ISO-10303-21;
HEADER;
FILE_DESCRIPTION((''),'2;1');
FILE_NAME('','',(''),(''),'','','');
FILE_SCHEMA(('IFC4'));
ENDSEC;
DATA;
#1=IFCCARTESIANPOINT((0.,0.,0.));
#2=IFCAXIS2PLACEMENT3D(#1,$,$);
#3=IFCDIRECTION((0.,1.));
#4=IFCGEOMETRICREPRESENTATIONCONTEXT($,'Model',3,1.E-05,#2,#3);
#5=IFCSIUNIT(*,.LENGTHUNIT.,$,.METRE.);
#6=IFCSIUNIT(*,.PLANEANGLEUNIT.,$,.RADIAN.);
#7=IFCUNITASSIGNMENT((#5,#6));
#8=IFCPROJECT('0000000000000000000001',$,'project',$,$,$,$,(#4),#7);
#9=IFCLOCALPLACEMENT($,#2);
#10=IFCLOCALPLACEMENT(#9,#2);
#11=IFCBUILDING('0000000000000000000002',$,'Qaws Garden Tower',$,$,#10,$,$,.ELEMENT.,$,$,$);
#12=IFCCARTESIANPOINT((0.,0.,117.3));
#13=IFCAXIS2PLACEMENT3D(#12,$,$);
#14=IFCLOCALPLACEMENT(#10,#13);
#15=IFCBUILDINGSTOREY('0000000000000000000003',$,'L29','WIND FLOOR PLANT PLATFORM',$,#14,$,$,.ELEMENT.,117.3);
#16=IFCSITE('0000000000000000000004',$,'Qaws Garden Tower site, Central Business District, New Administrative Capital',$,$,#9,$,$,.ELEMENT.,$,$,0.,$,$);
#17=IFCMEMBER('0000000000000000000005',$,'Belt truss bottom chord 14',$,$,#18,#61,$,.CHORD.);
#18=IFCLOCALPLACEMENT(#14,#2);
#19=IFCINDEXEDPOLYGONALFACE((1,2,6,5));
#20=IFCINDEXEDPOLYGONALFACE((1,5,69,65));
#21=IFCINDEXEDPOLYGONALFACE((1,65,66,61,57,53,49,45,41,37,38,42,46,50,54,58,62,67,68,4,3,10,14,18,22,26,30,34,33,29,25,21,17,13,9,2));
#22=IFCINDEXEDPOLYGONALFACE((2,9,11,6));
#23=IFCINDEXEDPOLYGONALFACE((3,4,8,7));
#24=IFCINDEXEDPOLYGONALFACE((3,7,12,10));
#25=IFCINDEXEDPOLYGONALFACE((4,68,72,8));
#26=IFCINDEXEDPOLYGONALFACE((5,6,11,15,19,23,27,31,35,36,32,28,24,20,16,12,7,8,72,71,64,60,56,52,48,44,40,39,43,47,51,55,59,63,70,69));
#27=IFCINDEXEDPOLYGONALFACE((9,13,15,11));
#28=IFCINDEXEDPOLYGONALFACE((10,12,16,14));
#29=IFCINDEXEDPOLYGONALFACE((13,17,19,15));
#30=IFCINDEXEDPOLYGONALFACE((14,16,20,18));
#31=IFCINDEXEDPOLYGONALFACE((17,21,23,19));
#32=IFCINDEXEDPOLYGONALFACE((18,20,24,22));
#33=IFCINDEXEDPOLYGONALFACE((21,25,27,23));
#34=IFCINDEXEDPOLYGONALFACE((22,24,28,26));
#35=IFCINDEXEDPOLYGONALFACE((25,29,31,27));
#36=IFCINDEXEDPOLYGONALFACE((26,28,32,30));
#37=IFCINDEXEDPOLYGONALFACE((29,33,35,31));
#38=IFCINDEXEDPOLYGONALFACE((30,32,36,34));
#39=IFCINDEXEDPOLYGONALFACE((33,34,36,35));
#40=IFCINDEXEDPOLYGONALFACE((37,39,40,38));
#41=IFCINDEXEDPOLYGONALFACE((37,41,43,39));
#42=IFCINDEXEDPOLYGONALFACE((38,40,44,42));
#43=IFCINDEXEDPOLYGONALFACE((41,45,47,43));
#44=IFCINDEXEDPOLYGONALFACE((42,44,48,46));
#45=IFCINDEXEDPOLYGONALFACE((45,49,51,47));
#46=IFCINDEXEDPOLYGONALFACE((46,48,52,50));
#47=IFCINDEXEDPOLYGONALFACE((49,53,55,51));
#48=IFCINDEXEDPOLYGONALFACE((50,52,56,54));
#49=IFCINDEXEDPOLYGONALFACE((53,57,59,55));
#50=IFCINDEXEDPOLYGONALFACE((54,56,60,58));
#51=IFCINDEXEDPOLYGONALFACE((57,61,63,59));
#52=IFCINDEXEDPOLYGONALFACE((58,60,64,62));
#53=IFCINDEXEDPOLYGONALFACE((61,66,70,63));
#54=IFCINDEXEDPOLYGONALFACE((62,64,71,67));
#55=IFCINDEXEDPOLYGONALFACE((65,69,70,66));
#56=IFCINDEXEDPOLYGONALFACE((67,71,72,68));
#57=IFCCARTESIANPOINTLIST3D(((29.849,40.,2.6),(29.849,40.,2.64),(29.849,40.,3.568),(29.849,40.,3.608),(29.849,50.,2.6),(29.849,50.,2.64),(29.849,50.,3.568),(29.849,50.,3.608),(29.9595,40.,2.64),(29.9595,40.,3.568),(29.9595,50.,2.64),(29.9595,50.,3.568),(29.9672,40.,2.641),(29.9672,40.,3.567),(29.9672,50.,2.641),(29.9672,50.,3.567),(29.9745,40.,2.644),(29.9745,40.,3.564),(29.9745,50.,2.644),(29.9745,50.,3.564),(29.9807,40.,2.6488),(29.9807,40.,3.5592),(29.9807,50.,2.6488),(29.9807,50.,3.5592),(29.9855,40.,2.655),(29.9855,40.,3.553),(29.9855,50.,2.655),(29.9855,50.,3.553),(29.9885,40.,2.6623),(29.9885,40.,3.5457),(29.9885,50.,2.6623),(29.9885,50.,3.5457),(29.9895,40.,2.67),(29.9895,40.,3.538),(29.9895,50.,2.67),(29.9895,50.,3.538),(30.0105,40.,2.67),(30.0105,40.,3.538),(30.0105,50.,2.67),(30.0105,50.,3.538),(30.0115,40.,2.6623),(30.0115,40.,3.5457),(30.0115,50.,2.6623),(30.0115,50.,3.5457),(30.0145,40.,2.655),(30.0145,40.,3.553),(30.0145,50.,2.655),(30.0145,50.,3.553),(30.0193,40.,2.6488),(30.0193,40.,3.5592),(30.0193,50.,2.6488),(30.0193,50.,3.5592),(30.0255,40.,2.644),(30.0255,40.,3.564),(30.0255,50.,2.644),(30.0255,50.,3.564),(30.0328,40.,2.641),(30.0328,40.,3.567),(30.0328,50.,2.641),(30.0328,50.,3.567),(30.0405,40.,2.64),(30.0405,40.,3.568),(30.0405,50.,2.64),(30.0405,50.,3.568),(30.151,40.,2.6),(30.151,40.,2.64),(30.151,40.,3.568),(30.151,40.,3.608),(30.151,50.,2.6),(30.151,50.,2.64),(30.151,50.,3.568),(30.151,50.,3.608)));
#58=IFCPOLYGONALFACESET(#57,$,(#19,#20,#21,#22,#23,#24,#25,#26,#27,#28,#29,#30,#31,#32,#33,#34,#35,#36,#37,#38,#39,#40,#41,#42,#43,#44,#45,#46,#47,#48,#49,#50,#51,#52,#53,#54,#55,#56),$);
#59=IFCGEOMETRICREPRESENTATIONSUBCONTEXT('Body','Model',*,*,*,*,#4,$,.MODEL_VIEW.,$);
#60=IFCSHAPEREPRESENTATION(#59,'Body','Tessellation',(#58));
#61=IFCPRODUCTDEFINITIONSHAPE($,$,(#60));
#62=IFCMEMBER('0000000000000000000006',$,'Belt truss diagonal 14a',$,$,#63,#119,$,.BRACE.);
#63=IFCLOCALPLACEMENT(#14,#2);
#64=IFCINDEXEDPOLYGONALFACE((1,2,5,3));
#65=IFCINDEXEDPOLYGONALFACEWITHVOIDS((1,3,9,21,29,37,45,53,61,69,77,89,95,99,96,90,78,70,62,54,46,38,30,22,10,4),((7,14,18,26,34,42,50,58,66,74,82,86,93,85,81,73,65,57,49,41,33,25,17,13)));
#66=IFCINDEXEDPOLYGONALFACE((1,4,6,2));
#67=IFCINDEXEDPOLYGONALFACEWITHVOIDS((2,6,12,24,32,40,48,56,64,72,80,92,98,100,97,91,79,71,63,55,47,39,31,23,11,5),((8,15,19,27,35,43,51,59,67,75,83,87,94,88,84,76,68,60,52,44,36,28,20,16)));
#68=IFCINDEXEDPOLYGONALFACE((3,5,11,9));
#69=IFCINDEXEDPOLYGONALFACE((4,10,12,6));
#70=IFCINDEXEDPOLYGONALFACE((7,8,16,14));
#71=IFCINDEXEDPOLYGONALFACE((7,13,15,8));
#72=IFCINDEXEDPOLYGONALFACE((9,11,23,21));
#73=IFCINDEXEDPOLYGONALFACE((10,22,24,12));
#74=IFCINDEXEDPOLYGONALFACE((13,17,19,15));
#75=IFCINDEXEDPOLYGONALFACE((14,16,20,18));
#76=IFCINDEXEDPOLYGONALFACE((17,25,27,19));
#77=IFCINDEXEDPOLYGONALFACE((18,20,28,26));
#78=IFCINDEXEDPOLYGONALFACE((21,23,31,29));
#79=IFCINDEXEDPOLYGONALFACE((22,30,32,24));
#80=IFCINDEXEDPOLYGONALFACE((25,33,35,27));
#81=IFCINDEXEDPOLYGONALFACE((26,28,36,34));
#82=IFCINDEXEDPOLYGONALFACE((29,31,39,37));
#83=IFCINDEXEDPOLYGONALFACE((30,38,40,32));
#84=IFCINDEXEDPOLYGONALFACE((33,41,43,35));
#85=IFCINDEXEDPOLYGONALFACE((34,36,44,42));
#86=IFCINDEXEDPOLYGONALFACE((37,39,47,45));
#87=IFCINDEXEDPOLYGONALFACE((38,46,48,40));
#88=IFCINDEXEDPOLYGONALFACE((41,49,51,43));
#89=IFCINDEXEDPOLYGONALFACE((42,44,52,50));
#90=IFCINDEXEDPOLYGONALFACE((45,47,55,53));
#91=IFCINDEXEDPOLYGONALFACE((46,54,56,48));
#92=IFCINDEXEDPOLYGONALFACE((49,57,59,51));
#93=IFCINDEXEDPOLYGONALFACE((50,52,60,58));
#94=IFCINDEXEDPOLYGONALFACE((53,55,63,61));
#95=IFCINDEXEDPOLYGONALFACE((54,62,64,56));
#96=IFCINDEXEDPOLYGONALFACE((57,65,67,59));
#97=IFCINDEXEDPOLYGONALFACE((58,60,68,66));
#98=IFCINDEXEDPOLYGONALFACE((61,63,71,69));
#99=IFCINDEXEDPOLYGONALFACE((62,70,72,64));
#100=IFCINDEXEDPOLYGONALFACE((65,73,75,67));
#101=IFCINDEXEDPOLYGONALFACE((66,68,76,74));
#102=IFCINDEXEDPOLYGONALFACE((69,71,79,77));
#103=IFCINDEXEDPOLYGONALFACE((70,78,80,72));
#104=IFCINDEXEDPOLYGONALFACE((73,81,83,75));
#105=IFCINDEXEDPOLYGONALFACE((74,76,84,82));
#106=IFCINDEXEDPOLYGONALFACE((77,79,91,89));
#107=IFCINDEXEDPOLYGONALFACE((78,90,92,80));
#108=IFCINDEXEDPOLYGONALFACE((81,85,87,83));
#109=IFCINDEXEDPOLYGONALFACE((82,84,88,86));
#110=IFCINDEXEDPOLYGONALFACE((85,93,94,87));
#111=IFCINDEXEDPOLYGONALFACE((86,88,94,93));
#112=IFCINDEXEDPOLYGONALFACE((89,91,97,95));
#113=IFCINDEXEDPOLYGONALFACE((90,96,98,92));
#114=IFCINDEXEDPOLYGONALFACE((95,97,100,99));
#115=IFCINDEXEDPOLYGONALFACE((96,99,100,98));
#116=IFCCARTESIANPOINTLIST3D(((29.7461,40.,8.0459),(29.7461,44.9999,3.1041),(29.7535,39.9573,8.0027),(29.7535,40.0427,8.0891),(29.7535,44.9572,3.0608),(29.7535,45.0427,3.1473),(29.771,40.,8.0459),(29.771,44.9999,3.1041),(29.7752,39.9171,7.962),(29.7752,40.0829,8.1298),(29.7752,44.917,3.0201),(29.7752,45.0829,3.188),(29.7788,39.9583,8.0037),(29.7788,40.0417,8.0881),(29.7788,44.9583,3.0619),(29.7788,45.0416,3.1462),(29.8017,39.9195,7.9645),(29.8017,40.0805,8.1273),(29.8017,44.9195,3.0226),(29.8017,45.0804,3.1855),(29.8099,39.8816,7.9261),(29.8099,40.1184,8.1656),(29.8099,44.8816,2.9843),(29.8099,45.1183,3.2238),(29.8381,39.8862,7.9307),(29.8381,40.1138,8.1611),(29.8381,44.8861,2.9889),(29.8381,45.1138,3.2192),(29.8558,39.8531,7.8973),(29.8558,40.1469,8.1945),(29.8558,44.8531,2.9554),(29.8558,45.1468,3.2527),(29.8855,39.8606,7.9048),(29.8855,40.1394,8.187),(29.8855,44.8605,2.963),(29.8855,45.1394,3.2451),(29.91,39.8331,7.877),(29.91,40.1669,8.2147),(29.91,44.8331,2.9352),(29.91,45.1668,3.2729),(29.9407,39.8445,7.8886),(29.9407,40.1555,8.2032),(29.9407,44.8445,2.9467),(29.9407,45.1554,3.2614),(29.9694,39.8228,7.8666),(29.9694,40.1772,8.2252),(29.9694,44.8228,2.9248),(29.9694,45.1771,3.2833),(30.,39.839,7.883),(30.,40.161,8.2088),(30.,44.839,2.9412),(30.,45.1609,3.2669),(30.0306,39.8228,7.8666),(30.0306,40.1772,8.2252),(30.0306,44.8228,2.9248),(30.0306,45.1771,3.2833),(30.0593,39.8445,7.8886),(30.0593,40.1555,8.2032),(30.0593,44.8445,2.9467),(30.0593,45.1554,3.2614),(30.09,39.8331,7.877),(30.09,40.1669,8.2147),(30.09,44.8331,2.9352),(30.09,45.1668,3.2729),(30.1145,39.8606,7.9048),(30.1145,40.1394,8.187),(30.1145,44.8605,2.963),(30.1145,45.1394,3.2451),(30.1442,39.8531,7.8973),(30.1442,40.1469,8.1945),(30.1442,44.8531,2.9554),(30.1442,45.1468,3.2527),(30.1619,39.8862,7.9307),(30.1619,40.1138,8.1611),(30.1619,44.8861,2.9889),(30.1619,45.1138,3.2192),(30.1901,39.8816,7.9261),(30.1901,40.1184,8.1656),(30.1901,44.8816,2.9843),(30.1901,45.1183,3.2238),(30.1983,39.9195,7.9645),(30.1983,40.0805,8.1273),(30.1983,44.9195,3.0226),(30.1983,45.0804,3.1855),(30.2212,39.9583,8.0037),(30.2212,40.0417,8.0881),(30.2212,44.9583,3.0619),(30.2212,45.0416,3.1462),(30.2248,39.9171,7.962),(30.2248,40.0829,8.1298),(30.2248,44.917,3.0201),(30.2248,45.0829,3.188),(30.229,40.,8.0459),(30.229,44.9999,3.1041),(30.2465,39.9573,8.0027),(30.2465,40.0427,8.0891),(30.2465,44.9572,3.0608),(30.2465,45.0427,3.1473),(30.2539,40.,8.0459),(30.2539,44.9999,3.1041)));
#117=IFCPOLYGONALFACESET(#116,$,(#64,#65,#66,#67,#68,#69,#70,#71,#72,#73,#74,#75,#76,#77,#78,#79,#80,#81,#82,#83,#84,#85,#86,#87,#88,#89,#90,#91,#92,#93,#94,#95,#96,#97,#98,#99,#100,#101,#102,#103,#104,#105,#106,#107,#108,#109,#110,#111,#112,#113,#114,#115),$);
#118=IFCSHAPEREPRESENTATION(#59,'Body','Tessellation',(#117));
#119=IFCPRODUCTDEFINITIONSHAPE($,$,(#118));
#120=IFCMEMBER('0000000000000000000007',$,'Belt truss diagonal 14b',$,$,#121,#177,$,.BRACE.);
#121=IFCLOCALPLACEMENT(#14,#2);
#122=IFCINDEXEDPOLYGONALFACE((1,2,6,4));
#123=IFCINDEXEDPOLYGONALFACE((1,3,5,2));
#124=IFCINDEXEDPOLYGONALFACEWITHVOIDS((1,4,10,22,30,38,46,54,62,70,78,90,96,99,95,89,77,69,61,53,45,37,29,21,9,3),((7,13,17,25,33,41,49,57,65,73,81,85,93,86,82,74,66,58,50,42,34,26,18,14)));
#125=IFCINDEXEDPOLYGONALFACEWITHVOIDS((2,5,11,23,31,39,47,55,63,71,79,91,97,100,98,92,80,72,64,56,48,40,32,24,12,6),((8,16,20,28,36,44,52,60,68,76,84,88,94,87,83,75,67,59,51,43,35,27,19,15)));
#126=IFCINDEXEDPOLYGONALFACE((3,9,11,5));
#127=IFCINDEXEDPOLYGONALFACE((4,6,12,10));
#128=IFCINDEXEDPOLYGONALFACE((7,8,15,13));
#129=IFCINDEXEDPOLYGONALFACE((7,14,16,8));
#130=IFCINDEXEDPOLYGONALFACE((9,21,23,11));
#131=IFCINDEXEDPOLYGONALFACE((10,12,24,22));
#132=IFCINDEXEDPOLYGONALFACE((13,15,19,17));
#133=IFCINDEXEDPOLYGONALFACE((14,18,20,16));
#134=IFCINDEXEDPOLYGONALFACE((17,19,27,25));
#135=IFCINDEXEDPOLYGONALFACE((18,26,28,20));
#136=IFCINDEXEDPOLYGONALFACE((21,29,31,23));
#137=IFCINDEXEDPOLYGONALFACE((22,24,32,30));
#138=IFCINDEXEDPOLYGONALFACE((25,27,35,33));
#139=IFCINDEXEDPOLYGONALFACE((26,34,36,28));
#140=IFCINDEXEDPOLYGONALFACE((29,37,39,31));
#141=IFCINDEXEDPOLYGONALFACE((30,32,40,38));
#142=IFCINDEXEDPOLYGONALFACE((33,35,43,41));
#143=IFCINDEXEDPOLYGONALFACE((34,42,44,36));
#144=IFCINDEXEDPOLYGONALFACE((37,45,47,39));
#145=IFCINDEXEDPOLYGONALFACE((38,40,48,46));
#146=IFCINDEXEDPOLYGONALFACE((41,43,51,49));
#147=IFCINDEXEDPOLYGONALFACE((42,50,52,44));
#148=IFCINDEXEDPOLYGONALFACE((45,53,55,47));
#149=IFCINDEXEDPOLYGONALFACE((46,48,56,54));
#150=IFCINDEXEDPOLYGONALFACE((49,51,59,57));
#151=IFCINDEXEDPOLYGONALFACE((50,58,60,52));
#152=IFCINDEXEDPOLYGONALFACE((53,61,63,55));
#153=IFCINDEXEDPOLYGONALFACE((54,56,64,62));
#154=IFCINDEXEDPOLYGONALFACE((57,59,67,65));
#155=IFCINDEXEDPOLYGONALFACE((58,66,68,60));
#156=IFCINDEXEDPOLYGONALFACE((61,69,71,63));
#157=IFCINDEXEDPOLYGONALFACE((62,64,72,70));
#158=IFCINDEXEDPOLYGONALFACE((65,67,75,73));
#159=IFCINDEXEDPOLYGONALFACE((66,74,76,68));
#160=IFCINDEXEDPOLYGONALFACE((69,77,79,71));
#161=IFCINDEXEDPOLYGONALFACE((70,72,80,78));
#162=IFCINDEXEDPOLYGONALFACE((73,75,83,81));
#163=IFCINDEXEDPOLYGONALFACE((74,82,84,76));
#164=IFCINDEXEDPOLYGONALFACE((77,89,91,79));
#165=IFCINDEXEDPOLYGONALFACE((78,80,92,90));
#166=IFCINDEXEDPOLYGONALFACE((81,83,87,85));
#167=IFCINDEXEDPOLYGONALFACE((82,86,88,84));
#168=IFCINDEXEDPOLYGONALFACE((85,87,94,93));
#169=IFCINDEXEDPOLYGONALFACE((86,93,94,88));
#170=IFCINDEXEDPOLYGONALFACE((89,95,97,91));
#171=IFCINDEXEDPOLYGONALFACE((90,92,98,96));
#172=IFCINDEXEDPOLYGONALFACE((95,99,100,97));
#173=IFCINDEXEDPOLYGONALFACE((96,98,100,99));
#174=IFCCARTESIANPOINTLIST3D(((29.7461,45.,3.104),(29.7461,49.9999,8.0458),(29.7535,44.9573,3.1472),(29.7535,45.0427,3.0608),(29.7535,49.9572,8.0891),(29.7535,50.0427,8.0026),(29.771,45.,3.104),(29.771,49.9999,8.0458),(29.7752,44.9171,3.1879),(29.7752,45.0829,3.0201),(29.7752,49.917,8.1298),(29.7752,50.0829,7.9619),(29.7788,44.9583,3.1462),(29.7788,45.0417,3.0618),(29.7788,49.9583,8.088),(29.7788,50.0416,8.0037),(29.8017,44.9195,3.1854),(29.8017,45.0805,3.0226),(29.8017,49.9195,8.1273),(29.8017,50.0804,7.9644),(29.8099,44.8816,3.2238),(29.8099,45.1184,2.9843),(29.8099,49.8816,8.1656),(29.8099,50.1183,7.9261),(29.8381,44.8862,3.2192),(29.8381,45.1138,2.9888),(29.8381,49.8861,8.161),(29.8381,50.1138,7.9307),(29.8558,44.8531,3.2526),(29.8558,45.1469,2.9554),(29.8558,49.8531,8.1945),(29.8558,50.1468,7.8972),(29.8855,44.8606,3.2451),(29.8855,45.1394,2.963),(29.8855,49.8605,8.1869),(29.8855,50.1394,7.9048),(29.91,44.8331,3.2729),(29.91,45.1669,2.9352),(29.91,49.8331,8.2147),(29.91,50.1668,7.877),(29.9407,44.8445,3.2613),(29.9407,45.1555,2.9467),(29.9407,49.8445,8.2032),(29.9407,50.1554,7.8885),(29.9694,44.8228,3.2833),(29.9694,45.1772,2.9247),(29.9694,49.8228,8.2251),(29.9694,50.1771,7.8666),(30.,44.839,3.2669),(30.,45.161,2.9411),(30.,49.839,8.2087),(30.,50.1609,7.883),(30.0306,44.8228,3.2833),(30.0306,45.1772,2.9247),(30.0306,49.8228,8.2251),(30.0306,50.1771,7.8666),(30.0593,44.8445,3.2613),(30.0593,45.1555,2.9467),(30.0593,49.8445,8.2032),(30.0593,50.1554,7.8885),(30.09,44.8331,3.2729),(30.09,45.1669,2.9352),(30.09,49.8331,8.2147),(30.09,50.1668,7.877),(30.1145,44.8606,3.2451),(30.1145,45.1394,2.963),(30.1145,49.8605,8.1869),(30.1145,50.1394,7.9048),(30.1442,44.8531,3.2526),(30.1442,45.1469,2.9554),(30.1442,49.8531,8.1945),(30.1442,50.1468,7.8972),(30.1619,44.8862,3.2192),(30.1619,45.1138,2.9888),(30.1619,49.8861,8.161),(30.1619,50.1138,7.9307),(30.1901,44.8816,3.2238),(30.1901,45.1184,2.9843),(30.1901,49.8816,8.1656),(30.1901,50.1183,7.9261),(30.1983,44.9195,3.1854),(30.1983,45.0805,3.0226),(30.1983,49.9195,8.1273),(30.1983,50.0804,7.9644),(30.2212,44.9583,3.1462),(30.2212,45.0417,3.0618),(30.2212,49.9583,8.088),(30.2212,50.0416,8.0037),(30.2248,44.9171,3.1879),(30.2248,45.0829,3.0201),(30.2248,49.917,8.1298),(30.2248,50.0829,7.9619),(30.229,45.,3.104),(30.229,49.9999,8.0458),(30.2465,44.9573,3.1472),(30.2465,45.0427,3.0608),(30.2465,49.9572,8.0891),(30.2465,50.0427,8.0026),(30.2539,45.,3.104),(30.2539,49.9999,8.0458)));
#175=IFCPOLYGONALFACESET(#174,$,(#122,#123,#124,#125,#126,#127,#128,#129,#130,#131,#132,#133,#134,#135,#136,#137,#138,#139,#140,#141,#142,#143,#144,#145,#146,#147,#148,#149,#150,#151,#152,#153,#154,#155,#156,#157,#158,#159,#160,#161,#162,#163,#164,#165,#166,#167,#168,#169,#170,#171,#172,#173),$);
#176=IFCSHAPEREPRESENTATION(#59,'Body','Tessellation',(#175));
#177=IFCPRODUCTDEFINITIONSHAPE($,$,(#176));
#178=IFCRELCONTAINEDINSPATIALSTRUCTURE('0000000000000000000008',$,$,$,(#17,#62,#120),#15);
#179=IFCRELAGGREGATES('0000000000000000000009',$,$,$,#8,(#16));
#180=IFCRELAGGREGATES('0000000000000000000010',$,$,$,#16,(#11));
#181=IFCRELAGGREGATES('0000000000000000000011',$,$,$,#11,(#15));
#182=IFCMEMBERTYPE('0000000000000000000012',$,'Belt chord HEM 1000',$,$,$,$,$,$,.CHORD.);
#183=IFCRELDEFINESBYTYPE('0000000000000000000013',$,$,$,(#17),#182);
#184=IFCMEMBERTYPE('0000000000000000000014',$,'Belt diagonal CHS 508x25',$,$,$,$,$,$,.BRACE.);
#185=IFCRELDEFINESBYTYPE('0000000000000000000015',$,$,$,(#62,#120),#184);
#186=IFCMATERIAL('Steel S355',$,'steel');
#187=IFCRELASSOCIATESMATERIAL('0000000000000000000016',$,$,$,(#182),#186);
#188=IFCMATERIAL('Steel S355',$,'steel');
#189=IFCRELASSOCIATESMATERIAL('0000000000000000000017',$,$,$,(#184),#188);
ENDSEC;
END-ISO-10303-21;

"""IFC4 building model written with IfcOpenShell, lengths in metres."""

from ifc_helpers import new_model, si_unit, direction, frame, origin, origin_2d, place, context, subcontext, project, spatial, hollow_circle, i_section, extrude, material, material_profile, profile_set, type_object, element, save


model = new_model("IFC4")

# Units and contexts
model_context = context("Model", 3, precision=1e-05, world=origin(), true_north=direction((0.0, 1.0)))
body_context = subcontext(model_context, "Body", "Model", "MODEL_VIEW")
ifc_project = project(units=[si_unit("LENGTHUNIT", "METRE"), si_unit("PLANEANGLEUNIT", "RADIAN")], contexts=[model_context])

# Site, building, storey
site_placement = place(None, origin())
site = spatial("IfcSite", under=ifc_project, at=site_placement, Name="Qaws Garden Tower site, Central Business District, New Administrative Capital", CompositionType="ELEMENT", RefElevation=0.0)
building_placement = place(site_placement, origin())
building = spatial("IfcBuilding", under=site, at=building_placement, Name="Qaws Garden Tower", CompositionType="ELEMENT")
storey_placement = place(building_placement, frame((0.0, 0.0, 117.3)))
storey = spatial("IfcBuildingStorey", under=building, at=storey_placement, Name="L29", Description="WIND FLOOR PLANT PLATFORM", CompositionType="ELEMENT", Elevation=117.3)

# Members
ifc_material_1 = material(Name="Steel S355", Category="steel")
ifc_material_profile_1 = material_profile(ifc_material_1, i_section(OverallWidth=0.302, OverallDepth=1.0081, WebThickness=0.021, FlangeThickness=0.04, FilletRadius=0.03, at=origin_2d()), Name="HEM 1000")
ifc_profile_set_1 = profile_set([ifc_material_profile_1], Name="Steel S355")
member_type_1 = type_object("IfcMemberType", Name="Belt chord HEM 1000", PredefinedType="CHORD", material=ifc_profile_set_1)
for number, where, z_axis, x_axis, name in (
    (1, (30.0, 40.0, 3.104), (0.0, 1.0, 0.0), (-1.0, 0.0, 0.0), "Belt truss bottom chord 14"),
):
    element("IfcMember", number, at=place(storey_placement, frame(where, z_axis=z_axis, x_axis=x_axis)), inside=storey, type_object=member_type_1, Name=name, PredefinedType="CHORD", context=body_context, shape_type="SweptSolid", body=[
        extrude(i_section(OverallWidth=0.302, OverallDepth=1.0081, WebThickness=0.021, FlangeThickness=0.04, FilletRadius=0.03, at=origin_2d()), origin(), (0.0, 0.0, 1.0), 10.0),
    ])
ifc_material_2 = material(Name="Steel S355", Category="steel")
ifc_material_profile_2 = material_profile(ifc_material_2, hollow_circle(Radius=0.2539, WallThickness=0.0249, at=origin_2d()), Name="CHS 508x25")
ifc_profile_set_2 = profile_set([ifc_material_profile_2], Name="Steel S355")
member_type_2 = type_object("IfcMemberType", Name="Belt diagonal CHS 508x25", PredefinedType="BRACE", material=ifc_profile_set_2)
for number, where, z_axis, x_axis, name in (
    (2, (30.0, 40.0, 8.0459), (0.0, 0.711227, -0.702962), (-1.0, 0.0, 0.0), "Belt truss diagonal 14a"),
    (3, (30.0, 45.0, 3.104), (0.0, 0.711227, 0.702962), (-1.0, 0.0, 0.0), "Belt truss diagonal 14b"),
):
    element("IfcMember", number, at=place(storey_placement, frame(where, z_axis=z_axis, x_axis=x_axis)), inside=storey, type_object=member_type_2, Name=name, PredefinedType="BRACE", context=body_context, shape_type="SweptSolid", body=[
        extrude(hollow_circle(Radius=0.2539, WallThickness=0.0249, at=origin_2d()), origin(), (0.0, 0.0, 1.0), 7.03),
    ])

save(model, "model.ifc")
